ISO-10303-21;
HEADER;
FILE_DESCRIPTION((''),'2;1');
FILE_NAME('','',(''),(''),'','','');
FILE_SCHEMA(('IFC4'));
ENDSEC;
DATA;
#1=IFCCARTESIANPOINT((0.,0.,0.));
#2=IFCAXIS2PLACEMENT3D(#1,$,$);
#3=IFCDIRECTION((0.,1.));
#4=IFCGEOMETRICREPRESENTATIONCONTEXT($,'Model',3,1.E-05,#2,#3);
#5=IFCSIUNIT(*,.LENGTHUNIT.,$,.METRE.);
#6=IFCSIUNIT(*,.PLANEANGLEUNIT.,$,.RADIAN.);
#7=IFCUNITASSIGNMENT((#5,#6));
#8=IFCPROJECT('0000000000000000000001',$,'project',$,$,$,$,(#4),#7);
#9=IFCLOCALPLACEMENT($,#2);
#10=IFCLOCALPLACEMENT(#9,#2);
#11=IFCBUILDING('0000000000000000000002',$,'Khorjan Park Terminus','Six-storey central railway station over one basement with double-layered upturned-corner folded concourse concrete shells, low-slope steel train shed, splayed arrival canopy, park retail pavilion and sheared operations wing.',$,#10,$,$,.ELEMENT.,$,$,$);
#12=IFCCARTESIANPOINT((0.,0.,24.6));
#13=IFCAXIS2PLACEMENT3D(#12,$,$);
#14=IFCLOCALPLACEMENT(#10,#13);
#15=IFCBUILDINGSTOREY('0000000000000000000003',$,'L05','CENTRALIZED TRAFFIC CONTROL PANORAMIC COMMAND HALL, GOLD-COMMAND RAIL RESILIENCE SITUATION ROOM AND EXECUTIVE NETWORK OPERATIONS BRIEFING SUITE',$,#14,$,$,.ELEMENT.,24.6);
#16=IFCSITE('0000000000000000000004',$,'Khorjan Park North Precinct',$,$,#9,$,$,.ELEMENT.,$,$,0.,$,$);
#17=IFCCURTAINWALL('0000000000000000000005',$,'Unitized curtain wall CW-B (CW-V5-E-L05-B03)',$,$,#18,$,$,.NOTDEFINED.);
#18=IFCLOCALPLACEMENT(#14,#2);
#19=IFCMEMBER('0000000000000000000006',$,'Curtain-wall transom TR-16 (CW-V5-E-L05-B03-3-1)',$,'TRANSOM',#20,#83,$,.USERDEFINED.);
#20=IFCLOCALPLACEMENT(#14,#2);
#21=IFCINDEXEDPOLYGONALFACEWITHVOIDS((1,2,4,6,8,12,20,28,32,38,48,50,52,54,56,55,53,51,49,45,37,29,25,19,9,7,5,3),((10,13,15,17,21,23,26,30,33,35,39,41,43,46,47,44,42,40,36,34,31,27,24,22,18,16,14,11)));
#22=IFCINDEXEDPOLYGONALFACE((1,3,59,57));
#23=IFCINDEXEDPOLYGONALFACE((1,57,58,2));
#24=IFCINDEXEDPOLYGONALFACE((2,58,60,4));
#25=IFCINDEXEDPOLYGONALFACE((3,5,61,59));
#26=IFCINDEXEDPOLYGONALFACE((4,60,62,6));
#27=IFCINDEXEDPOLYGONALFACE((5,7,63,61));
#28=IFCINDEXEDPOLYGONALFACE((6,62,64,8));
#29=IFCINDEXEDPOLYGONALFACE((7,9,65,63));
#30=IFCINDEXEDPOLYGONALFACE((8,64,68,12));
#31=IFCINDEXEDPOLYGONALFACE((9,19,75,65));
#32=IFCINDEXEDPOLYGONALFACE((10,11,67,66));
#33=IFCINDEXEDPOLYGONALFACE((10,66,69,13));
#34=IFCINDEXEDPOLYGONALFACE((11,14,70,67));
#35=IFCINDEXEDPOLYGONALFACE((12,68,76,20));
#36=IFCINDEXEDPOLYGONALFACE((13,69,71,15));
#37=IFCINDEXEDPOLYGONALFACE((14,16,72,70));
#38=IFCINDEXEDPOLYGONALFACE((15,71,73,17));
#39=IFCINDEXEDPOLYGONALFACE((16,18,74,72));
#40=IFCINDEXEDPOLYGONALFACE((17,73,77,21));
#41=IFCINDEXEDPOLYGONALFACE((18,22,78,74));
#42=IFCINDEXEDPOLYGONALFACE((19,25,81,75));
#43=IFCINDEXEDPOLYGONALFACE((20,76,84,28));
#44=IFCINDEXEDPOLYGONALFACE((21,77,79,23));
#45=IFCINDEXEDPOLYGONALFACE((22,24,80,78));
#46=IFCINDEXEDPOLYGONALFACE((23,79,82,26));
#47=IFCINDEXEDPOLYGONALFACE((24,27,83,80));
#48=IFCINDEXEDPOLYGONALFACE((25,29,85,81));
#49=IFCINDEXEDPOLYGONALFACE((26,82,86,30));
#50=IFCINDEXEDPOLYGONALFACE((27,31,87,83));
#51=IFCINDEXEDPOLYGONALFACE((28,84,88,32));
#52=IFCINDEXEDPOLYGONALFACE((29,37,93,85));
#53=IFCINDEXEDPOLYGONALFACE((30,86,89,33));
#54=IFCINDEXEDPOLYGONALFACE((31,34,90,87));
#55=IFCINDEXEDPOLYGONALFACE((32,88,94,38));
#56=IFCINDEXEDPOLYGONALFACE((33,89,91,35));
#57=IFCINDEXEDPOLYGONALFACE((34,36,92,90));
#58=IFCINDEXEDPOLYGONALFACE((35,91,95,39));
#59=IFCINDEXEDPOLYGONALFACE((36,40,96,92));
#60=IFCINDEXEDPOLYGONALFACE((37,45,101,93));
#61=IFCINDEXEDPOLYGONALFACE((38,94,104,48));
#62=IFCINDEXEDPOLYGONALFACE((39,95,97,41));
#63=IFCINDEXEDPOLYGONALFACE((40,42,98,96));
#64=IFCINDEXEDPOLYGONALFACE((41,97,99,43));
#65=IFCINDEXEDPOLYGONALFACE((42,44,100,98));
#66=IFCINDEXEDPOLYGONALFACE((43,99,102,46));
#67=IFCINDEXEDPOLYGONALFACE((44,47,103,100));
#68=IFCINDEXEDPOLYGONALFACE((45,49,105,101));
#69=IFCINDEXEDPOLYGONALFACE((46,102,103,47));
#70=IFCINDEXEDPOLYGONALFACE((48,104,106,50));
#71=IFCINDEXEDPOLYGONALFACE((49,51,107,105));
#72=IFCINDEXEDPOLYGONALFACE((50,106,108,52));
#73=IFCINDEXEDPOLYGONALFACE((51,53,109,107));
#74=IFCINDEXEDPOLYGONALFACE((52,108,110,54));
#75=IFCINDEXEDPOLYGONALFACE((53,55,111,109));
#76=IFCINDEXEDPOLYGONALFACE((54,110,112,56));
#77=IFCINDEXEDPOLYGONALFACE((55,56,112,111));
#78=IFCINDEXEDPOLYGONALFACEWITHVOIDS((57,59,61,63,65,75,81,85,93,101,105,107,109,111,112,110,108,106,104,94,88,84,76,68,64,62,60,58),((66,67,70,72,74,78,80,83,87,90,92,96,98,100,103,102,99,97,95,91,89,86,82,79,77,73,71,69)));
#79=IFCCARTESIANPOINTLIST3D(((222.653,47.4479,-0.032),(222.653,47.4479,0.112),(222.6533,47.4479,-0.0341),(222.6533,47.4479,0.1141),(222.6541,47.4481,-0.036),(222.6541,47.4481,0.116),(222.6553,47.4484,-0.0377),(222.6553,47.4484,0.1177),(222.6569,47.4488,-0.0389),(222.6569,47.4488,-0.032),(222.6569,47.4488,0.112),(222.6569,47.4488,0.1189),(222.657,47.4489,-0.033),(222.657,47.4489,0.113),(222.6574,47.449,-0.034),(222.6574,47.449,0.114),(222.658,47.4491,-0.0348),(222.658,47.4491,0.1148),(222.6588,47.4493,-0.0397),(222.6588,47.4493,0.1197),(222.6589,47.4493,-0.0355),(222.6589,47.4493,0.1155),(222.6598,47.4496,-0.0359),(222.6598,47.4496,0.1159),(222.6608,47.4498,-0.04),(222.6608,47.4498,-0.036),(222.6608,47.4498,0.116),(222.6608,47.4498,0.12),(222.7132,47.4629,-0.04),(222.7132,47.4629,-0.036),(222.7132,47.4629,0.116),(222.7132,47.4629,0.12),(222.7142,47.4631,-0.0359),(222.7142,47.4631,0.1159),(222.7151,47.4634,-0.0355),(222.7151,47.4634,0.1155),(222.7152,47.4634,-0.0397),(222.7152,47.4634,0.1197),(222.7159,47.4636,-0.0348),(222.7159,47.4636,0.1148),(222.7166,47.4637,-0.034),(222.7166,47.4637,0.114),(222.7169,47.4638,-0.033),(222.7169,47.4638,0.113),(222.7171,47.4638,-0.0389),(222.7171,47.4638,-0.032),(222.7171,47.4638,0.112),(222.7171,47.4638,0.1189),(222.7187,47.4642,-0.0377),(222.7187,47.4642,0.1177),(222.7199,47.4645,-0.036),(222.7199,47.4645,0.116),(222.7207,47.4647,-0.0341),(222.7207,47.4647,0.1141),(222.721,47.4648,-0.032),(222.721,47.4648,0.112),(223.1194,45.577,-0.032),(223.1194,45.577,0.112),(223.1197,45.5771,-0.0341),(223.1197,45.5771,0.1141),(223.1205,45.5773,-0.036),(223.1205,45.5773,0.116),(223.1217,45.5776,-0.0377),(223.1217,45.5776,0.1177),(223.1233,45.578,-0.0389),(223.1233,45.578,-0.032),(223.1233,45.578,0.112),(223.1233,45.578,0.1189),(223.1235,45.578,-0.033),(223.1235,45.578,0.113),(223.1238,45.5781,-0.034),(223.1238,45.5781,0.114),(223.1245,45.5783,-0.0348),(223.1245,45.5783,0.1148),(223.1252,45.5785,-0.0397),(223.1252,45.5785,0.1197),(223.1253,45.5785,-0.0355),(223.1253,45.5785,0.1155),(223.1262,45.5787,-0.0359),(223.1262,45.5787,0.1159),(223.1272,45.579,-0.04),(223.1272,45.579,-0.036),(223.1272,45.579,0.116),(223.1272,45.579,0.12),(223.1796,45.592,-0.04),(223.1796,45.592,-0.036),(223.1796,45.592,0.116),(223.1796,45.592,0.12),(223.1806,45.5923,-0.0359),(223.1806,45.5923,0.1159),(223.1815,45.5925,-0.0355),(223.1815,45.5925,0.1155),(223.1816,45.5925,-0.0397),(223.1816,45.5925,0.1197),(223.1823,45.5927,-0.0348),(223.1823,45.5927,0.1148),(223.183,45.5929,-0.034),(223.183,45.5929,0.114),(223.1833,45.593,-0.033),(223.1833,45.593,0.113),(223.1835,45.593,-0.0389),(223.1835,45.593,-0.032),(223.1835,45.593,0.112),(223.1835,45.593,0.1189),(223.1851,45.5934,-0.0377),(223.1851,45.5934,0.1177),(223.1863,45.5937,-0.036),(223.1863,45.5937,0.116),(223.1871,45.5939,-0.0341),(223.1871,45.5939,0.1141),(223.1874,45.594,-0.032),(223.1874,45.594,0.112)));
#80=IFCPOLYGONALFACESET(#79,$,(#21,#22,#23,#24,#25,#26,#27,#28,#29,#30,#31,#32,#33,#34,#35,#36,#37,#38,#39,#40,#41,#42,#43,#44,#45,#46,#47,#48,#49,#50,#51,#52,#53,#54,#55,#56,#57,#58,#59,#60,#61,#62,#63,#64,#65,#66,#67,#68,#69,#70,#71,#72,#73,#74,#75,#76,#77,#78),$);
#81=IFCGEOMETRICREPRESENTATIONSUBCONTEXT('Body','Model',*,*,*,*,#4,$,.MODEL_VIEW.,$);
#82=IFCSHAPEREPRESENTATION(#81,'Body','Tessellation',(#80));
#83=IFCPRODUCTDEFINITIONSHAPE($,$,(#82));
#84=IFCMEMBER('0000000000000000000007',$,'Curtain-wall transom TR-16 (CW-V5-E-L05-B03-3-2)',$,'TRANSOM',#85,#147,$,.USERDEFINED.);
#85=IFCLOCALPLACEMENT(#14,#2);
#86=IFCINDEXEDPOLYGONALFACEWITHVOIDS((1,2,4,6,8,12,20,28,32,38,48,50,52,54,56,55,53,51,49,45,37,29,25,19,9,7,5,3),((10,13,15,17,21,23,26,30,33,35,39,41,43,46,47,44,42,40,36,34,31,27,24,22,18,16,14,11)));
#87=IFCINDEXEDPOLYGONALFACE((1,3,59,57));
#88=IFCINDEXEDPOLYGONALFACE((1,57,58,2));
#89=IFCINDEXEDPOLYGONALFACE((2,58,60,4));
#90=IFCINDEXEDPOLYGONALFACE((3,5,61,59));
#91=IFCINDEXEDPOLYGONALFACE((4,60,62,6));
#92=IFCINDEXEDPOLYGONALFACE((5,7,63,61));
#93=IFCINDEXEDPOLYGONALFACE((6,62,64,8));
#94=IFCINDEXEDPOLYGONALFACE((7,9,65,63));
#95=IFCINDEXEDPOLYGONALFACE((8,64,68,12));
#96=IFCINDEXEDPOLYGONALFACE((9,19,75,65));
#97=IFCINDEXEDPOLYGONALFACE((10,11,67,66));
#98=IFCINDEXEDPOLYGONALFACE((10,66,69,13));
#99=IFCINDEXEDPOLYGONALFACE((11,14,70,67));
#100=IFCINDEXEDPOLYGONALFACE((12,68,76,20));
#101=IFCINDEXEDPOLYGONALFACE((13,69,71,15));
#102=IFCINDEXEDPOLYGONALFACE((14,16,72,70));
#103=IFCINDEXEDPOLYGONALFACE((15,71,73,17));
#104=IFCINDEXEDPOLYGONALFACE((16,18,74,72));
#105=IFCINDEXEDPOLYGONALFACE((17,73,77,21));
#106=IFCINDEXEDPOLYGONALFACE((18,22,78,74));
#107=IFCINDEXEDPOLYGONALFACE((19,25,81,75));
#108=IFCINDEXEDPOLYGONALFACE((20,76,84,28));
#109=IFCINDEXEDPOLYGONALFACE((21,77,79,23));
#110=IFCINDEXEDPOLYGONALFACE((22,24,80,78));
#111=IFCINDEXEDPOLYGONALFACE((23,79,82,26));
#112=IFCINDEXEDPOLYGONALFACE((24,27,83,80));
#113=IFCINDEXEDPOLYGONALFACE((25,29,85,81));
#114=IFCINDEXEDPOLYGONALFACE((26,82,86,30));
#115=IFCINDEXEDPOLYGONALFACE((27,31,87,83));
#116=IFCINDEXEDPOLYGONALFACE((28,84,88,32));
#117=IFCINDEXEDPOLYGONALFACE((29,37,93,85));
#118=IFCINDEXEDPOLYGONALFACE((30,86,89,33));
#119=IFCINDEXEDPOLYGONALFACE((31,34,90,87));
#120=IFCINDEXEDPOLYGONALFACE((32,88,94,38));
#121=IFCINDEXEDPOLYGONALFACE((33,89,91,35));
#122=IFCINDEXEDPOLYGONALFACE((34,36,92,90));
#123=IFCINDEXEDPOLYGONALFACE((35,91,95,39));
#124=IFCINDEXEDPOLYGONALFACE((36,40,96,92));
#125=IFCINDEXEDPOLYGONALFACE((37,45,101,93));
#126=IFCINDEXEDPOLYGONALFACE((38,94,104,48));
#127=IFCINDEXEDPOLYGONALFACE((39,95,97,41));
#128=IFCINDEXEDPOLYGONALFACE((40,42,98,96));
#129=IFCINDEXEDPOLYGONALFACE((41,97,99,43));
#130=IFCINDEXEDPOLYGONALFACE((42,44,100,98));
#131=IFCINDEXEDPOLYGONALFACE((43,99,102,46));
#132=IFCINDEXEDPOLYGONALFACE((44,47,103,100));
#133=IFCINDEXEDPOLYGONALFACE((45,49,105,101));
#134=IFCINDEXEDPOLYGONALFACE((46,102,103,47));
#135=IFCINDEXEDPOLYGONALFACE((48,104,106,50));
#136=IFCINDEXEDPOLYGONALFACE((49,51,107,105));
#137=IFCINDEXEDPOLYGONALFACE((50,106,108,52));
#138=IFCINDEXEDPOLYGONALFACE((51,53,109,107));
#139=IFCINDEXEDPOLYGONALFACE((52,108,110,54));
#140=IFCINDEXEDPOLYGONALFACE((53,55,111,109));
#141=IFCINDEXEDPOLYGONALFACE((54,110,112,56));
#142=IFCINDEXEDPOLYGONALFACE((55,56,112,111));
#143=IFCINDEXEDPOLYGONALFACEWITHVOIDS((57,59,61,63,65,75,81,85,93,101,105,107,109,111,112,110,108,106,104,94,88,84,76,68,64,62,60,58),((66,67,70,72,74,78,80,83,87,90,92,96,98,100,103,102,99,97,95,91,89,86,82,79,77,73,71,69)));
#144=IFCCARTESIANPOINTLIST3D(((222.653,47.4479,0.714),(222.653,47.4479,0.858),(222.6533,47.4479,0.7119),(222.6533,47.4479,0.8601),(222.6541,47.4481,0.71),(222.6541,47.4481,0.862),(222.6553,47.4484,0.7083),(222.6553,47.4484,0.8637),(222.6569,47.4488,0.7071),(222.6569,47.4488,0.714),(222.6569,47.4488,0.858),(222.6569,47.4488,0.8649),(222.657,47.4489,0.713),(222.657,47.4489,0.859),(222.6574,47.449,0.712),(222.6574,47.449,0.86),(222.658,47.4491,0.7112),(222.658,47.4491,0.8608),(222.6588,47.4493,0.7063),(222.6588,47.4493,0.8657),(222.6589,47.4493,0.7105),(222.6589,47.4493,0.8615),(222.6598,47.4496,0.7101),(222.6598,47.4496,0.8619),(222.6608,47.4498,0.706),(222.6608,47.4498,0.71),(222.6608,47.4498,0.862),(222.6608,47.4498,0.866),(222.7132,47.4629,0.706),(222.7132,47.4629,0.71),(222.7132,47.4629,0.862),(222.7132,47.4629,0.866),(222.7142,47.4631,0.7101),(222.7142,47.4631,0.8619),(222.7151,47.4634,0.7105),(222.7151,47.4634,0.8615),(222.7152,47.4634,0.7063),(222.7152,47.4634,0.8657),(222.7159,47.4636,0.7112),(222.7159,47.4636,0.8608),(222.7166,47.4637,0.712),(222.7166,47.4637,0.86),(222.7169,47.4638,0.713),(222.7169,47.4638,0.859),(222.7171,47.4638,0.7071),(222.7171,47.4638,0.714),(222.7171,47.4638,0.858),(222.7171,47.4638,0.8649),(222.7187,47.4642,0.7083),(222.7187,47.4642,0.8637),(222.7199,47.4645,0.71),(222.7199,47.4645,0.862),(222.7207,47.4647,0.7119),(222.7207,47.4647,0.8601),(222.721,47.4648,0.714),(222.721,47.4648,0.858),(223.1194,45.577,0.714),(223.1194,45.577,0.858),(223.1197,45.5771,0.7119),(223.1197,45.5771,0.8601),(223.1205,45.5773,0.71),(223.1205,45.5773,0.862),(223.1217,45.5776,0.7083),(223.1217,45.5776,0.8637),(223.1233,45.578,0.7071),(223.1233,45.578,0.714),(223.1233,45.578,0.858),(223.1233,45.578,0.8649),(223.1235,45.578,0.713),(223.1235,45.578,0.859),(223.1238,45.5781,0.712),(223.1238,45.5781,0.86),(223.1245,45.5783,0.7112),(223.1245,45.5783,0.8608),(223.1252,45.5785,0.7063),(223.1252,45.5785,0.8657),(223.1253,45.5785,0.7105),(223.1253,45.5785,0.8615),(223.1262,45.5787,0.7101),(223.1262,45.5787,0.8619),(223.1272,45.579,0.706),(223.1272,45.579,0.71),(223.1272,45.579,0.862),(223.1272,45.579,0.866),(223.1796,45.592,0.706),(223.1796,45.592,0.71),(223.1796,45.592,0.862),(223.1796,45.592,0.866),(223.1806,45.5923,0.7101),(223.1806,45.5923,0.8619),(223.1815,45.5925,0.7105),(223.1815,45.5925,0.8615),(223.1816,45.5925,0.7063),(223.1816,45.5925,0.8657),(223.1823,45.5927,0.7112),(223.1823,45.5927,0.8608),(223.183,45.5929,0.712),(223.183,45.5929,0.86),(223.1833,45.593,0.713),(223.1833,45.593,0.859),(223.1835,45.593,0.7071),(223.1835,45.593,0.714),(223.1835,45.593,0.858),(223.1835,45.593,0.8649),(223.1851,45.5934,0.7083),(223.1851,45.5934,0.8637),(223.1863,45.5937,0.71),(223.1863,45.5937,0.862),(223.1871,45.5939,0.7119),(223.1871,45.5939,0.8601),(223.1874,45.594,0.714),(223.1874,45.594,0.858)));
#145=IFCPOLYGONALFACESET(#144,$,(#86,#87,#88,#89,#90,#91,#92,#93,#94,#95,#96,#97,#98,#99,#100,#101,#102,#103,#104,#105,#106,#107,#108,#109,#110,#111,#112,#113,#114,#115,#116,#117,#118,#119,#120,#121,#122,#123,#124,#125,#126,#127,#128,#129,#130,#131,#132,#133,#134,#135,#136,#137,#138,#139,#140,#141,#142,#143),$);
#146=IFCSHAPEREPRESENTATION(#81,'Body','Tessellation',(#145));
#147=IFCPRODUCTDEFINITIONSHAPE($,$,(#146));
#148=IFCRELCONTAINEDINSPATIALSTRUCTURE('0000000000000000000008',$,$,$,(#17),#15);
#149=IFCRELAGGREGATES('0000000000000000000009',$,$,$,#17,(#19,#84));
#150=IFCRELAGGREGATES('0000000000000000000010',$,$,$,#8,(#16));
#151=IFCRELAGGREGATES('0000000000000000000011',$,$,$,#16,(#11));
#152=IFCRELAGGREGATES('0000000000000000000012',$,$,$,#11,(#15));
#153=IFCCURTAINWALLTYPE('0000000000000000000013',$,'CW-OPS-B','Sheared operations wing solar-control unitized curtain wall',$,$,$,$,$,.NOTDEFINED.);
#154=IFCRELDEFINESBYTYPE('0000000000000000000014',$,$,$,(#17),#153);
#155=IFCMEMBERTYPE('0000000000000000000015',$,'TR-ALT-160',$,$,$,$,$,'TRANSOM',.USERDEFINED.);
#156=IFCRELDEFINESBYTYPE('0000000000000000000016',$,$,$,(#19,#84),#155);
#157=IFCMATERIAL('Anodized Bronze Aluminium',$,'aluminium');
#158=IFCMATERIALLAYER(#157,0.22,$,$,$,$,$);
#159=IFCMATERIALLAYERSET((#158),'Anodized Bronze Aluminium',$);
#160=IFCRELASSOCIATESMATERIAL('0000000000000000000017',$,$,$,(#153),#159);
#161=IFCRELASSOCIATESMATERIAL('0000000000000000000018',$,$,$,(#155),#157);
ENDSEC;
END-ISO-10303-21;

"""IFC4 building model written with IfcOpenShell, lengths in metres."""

from ifc_helpers import new_model, si_unit, direction, frame, origin, origin_2d, place, context, subcontext, project, spatial, hollow_rectangle, extrude, material, layer, layer_set, material_profile, profile_set, type_object, element, aggregate, save


model = new_model("IFC4")

# Units and contexts
model_context = context("Model", 3, precision=1e-05, world=origin(), true_north=direction((0.0, 1.0)))
body_context = subcontext(model_context, "Body", "Model", "MODEL_VIEW")
ifc_project = project(units=[si_unit("LENGTHUNIT", "METRE"), si_unit("PLANEANGLEUNIT", "RADIAN")], contexts=[model_context])

# Site, building, storey
site_placement = place(None, origin())
site = spatial("IfcSite", under=ifc_project, at=site_placement, Name="Khorjan Park North Precinct", CompositionType="ELEMENT", RefElevation=0.0)
building_placement = place(site_placement, origin())
building = spatial("IfcBuilding", under=site, at=building_placement, Name="Khorjan Park Terminus", Description="Six-storey central railway station over one basement with double-layered upturned-corner folded concourse concrete shells, low-slope steel train shed, splayed arrival canopy, park retail pavilion and sheared operations wing.", CompositionType="ELEMENT")
storey_placement = place(building_placement, frame((0.0, 0.0, 24.6)))
storey = spatial("IfcBuildingStorey", under=building, at=storey_placement, Name="L05", Description="CENTRALIZED TRAFFIC CONTROL PANORAMIC COMMAND HALL, GOLD-COMMAND RAIL RESILIENCE SITUATION ROOM AND EXECUTIVE NETWORK OPERATIONS BRIEFING SUITE", CompositionType="ELEMENT", Elevation=24.6)

# Curtain wall, members
ifc_material_1 = material(Name="Anodized Bronze Aluminium", Category="aluminium")
ifc_layer_1 = layer(ifc_material_1, 0.22)
ifc_layer_set_1 = layer_set([ifc_layer_1], Name="Anodized Bronze Aluminium")
curtain_wall_type = type_object("IfcCurtainWallType", Name="CW-OPS-B", Description="Sheared operations wing solar-control unitized curtain wall", PredefinedType="NOTDEFINED", material=ifc_layer_set_1)
curtain_wall_placement = place(storey_placement, origin())
curtain_wall = element("IfcCurtainWall", 1, at=curtain_wall_placement, inside=storey, type_object=curtain_wall_type, Name="Unitized curtain wall CW-B (CW-V5-E-L05-B03)", PredefinedType="NOTDEFINED")
ifc_material_profile_1 = material_profile(ifc_material_1, hollow_rectangle(XDim=0.07, YDim=0.16, WallThickness=0.004, InnerFilletRadius=0.004, OuterFilletRadius=0.008, at=origin_2d()), Name="ALT 70x160x4")
ifc_profile_set_1 = profile_set([ifc_material_profile_1], Name="Anodized Bronze Aluminium")
member_type_1 = type_object("IfcMemberType", Name="TR-ALT-160", ElementType="TRANSOM", PredefinedType="USERDEFINED", material=ifc_profile_set_1)
member_1_placement = place(storey_placement, frame((223.1534, 45.5855, 0.04), z_axis=(-0.241901, 0.970301, 0.0), x_axis=(-0.970301, -0.241901, 0.0)))
member_1 = element("IfcMember", 2, at=member_1_placement, type_object=member_type_1, Name="Curtain-wall transom TR-16 (CW-V5-E-L05-B03-3-1)", ObjectType="TRANSOM", PredefinedType="USERDEFINED", context=body_context, shape_type="SweptSolid", body=[
    extrude(hollow_rectangle(XDim=0.07, YDim=0.16, WallThickness=0.004, InnerFilletRadius=0.004, OuterFilletRadius=0.008, at=origin_2d()), origin(), (0.0, 0.0, 1.0), 1.9281),
])
member_2_placement = place(storey_placement, frame((223.1534, 45.5855, 0.786), z_axis=(-0.241901, 0.970301, 0.0), x_axis=(-0.970301, -0.241901, 0.0)))
member_2 = element("IfcMember", 3, at=member_2_placement, type_object=member_type_1, Name="Curtain-wall transom TR-16 (CW-V5-E-L05-B03-3-2)", ObjectType="TRANSOM", PredefinedType="USERDEFINED", context=body_context, shape_type="SweptSolid", body=[
    extrude(hollow_rectangle(XDim=0.07, YDim=0.16, WallThickness=0.004, InnerFilletRadius=0.004, OuterFilletRadius=0.008, at=origin_2d()), origin(), (0.0, 0.0, 1.0), 1.9281),
])
aggregate(curtain_wall, [member_1, member_2])

save(model, "model.ifc")
